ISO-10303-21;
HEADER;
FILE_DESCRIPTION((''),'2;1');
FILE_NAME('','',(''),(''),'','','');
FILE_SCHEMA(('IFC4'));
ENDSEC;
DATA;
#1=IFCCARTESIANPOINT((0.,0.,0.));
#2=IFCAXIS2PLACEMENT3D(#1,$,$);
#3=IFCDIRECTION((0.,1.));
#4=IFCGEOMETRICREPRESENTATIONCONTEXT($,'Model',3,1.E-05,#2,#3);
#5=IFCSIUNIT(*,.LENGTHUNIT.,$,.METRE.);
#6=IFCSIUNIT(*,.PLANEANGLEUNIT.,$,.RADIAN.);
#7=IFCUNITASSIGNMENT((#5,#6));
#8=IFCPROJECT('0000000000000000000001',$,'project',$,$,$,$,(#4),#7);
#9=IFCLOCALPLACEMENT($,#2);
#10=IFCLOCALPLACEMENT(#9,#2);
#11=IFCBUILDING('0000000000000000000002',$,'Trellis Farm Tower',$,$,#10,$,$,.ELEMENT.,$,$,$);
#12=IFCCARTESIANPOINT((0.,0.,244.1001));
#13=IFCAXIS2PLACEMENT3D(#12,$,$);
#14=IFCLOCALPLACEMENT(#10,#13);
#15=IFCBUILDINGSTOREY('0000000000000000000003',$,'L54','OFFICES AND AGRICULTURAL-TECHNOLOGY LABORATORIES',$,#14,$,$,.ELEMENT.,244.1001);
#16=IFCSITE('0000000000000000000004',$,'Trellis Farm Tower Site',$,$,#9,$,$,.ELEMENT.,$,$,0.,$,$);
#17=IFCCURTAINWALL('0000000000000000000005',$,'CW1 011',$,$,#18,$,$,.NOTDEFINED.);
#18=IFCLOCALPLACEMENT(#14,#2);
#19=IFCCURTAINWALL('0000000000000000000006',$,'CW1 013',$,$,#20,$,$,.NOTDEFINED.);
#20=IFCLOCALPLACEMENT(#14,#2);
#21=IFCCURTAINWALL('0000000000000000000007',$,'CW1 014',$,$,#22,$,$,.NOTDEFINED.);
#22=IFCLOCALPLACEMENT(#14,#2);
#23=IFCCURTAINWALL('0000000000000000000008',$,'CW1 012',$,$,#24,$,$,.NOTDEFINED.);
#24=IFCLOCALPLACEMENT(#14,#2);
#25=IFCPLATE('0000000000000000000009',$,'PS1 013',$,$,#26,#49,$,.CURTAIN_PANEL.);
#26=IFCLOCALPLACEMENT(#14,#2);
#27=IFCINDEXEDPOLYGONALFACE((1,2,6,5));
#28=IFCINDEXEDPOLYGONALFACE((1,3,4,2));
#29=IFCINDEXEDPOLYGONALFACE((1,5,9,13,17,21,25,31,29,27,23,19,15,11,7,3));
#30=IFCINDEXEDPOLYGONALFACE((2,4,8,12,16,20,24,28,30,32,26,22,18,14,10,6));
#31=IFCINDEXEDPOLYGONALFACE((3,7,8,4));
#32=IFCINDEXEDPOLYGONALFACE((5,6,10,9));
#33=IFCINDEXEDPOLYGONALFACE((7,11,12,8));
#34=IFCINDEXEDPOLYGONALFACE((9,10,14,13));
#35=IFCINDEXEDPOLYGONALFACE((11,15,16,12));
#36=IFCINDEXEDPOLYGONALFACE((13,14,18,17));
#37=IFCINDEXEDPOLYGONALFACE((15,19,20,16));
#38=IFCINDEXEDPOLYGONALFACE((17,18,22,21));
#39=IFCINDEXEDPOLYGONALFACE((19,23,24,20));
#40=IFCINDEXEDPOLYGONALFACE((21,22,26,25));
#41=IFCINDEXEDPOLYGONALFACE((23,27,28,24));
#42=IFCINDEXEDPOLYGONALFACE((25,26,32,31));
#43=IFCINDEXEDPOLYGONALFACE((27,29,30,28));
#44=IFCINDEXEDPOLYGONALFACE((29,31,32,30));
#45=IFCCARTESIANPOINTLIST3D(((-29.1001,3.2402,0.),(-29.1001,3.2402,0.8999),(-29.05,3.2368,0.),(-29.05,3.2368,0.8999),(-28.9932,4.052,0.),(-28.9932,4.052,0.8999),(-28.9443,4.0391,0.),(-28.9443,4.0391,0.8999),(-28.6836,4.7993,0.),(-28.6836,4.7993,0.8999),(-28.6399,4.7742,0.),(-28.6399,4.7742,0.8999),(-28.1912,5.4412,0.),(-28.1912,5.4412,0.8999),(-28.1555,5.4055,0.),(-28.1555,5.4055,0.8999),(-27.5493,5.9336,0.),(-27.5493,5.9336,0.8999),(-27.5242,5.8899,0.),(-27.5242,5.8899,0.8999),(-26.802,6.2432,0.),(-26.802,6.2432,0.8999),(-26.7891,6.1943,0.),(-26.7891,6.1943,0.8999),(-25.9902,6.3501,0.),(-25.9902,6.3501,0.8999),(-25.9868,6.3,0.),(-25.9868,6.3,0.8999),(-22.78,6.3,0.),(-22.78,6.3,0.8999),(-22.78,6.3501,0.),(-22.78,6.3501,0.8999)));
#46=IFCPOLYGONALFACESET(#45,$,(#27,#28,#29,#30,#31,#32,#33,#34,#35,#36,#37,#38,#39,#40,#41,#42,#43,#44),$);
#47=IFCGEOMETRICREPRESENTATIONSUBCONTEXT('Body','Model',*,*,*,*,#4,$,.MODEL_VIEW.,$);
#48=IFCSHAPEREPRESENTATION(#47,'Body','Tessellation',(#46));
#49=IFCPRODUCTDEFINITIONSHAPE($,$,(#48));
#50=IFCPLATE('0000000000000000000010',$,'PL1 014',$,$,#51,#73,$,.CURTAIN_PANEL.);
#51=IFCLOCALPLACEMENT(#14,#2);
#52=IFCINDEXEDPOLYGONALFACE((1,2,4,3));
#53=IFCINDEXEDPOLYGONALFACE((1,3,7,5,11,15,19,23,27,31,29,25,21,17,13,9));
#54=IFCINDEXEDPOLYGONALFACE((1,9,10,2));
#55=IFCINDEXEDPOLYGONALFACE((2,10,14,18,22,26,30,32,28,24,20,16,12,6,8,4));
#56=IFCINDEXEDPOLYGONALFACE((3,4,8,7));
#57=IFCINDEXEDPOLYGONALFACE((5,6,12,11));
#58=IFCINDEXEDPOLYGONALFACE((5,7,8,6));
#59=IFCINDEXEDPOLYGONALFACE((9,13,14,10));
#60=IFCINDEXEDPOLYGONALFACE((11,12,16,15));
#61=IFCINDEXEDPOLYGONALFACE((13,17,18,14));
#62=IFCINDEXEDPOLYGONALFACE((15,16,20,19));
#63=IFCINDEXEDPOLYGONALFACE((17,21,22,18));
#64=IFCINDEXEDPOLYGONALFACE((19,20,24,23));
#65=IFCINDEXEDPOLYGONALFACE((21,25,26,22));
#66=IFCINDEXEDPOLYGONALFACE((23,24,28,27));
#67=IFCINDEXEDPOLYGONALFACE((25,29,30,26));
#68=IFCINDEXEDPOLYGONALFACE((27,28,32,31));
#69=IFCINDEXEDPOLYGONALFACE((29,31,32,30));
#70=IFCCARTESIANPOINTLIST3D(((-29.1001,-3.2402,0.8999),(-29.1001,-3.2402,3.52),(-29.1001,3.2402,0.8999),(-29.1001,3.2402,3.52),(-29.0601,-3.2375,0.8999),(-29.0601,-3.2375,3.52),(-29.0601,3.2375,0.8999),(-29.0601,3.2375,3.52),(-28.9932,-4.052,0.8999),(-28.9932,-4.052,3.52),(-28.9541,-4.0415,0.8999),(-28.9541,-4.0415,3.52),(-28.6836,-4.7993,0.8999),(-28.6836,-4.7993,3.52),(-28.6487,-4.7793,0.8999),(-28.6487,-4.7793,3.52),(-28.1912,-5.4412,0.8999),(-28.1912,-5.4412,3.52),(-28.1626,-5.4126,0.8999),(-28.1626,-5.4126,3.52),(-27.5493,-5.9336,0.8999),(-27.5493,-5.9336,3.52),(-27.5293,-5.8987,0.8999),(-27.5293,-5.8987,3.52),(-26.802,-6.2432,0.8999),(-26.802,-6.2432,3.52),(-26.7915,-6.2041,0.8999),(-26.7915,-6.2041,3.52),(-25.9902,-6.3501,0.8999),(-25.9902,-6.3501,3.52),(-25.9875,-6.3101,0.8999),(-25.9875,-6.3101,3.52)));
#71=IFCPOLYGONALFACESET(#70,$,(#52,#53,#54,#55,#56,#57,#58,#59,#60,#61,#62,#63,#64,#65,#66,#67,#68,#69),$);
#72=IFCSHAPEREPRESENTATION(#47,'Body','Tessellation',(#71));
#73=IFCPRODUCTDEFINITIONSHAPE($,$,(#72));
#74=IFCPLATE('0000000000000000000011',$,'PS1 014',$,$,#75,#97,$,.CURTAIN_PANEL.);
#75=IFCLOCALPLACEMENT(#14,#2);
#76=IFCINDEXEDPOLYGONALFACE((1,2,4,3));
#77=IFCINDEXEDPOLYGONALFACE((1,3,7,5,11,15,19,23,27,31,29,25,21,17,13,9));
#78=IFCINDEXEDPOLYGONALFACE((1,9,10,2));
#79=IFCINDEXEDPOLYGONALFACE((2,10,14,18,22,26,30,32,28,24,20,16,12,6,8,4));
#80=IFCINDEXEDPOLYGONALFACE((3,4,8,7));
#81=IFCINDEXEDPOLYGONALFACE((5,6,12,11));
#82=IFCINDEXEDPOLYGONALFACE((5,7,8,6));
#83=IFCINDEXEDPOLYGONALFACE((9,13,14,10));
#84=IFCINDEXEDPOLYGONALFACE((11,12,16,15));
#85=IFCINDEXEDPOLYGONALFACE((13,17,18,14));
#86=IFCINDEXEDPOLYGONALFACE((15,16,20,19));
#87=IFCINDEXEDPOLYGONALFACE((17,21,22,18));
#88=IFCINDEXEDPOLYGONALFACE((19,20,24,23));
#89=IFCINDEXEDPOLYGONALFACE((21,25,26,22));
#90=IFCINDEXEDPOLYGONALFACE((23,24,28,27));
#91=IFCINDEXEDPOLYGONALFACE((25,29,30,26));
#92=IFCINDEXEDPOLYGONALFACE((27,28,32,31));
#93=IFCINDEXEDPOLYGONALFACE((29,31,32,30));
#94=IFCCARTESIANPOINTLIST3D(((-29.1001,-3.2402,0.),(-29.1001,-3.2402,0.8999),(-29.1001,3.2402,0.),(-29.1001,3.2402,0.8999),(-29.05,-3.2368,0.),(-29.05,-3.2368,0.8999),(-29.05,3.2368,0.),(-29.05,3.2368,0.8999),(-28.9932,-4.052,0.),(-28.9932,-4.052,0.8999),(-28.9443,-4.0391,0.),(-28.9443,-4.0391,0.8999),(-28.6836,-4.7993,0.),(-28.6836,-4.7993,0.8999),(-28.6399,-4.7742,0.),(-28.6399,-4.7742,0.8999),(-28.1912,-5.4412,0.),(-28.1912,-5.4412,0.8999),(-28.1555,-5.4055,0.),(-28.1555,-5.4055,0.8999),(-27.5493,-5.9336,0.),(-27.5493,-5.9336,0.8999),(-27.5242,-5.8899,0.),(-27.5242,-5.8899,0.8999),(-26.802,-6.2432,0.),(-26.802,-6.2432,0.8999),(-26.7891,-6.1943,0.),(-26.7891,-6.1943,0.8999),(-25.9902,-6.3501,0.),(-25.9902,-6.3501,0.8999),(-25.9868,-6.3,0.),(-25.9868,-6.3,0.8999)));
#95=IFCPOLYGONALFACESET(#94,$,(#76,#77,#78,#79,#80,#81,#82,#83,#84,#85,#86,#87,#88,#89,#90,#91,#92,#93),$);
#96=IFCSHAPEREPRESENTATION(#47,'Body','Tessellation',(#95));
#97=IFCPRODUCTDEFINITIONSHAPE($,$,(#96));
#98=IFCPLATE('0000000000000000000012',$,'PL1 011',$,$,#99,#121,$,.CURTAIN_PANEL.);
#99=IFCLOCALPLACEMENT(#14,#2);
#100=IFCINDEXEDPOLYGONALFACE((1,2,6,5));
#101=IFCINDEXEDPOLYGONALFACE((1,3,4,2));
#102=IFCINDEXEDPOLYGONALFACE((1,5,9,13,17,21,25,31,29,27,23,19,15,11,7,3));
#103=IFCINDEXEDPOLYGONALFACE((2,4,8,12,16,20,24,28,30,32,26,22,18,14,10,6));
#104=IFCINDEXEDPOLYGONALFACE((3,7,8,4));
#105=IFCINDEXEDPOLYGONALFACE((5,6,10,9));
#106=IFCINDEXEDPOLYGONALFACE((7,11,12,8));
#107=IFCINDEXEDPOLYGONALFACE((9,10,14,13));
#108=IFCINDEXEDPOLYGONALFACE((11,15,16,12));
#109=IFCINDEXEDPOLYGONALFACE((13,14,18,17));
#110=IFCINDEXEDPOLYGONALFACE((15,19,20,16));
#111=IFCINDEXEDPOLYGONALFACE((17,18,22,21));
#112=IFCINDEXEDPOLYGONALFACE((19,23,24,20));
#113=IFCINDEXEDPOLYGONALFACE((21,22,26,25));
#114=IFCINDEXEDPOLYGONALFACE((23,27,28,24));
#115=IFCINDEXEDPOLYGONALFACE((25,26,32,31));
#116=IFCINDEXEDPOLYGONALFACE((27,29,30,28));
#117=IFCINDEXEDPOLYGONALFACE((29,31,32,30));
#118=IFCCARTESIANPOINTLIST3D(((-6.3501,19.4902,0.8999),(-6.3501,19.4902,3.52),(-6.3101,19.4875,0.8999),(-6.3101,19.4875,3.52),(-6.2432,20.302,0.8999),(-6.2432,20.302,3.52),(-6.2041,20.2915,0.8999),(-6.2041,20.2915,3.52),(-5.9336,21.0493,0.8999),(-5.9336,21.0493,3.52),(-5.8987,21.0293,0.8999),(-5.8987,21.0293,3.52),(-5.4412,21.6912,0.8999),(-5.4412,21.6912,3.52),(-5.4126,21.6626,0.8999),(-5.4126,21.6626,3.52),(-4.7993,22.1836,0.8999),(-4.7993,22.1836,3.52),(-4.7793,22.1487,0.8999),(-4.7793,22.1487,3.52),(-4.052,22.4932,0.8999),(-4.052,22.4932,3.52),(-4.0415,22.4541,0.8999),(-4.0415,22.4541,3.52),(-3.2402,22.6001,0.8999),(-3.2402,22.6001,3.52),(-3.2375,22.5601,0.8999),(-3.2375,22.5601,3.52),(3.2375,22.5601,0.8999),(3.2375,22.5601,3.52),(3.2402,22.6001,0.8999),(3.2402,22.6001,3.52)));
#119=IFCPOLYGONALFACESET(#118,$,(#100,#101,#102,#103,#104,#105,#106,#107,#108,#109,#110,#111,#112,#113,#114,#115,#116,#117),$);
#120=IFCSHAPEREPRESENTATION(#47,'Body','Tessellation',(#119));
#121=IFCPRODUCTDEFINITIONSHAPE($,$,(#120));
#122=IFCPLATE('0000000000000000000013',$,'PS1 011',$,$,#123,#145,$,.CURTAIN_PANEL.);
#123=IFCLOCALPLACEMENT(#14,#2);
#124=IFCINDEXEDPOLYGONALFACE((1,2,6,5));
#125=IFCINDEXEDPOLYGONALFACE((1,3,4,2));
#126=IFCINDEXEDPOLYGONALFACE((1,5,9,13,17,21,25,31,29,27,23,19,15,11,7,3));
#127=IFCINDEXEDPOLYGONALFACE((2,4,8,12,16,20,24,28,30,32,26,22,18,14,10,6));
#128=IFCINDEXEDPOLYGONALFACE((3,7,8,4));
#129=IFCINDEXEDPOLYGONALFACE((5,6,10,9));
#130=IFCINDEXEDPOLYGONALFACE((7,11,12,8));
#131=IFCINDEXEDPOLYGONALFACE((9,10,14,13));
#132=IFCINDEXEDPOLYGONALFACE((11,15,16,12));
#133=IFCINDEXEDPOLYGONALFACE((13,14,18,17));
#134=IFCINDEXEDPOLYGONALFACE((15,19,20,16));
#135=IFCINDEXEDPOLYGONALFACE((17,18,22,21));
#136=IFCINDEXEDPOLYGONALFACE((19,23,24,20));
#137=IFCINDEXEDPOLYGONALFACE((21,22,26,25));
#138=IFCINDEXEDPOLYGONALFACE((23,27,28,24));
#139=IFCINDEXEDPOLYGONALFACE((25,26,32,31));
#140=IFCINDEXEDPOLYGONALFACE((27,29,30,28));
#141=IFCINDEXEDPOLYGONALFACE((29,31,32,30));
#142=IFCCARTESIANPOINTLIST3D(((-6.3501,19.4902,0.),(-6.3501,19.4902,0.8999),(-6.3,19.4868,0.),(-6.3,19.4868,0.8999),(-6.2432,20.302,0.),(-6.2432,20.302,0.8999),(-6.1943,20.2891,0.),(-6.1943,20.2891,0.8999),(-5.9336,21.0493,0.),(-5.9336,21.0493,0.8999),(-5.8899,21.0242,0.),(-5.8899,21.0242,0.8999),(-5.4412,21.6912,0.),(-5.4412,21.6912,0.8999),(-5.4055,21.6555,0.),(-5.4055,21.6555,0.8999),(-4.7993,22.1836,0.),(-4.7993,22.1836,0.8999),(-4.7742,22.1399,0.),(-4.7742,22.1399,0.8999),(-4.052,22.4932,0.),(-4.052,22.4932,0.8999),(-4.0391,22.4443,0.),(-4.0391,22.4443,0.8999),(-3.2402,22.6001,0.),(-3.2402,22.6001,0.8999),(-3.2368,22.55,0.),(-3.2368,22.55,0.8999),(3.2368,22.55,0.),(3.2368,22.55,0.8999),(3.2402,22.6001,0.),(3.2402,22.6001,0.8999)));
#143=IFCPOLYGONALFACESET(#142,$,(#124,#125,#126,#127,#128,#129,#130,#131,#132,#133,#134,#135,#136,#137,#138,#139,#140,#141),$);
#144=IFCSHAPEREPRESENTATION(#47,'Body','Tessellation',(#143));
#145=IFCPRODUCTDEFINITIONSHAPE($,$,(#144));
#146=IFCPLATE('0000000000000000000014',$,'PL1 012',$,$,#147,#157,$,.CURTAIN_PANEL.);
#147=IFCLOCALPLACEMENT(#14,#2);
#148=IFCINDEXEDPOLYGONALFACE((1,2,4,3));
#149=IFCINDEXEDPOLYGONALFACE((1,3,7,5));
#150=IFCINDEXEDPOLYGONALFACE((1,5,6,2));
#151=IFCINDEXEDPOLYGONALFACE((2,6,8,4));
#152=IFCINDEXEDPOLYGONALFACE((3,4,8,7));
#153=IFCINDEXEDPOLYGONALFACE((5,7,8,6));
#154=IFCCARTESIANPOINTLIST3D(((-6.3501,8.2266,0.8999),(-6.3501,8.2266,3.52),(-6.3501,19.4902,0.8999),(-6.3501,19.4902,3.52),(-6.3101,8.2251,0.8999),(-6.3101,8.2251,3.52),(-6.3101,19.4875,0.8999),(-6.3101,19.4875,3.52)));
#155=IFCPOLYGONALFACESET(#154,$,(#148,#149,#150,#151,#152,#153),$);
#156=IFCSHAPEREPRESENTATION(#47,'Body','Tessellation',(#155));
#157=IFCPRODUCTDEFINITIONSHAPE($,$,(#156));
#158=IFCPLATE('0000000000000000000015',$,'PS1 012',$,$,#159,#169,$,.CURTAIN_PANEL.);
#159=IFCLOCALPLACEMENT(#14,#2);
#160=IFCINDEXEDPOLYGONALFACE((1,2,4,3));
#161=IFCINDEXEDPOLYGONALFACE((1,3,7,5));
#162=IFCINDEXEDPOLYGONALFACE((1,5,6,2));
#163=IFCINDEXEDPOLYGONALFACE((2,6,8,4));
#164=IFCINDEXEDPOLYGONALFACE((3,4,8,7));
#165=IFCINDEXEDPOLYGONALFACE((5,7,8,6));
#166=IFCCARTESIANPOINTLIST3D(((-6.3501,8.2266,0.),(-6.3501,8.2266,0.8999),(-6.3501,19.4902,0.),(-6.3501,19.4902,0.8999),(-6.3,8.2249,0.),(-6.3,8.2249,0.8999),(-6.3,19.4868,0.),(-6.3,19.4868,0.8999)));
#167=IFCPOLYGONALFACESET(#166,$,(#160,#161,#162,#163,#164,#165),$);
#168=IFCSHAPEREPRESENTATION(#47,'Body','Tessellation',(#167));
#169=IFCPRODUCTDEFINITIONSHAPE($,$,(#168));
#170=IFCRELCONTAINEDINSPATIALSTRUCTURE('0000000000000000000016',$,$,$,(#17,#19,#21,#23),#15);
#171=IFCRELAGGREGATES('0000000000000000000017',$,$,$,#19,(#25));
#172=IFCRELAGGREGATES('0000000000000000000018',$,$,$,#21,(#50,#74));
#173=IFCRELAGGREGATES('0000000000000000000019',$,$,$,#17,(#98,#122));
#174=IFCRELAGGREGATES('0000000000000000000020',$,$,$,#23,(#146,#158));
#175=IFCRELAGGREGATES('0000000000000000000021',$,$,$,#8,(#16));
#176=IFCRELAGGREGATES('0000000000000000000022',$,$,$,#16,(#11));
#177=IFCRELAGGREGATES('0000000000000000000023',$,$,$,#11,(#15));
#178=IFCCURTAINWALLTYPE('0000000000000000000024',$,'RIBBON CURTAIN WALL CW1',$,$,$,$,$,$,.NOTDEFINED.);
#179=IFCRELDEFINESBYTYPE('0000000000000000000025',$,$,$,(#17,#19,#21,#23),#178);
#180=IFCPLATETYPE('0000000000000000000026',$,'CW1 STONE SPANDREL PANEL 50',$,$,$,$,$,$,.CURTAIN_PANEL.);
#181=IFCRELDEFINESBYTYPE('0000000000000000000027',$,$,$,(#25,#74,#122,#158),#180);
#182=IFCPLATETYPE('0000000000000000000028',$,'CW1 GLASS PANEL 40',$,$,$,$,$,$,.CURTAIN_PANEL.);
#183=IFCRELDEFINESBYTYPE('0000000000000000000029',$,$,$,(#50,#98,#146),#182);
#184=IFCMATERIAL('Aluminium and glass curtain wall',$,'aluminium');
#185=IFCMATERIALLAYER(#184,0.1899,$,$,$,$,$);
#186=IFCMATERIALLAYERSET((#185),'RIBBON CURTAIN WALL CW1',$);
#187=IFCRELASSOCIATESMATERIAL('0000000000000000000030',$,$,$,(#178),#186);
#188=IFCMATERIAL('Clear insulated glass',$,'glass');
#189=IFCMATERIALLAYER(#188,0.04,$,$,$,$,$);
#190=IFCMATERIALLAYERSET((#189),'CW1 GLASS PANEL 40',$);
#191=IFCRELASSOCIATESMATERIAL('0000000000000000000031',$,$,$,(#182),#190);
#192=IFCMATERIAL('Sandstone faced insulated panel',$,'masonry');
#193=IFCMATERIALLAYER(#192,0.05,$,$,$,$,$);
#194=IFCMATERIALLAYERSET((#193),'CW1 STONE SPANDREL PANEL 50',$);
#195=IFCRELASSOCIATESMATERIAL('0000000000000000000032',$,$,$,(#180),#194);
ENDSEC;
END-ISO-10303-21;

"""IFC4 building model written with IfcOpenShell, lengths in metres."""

from ifc_helpers import new_model, si_unit, direction, frame, origin, place, context, subcontext, project, spatial, polyline, outline, extrude, source, transform, mapped, material, layer, layer_set, type_object, element, aggregate, save


model = new_model("IFC4")

# Units and contexts
model_context = context("Model", 3, precision=1e-05, world=origin(), true_north=direction((0.0, 1.0)))
body_context = subcontext(model_context, "Body", "Model", "MODEL_VIEW")
ifc_project = project(units=[si_unit("LENGTHUNIT", "METRE"), si_unit("PLANEANGLEUNIT", "RADIAN")], contexts=[model_context])

# Site, building, storey
site_placement = place(None, origin())
site = spatial("IfcSite", under=ifc_project, at=site_placement, Name="Trellis Farm Tower Site", CompositionType="ELEMENT", RefElevation=0.0)
building_placement = place(site_placement, origin())
building = spatial("IfcBuilding", under=site, at=building_placement, Name="Trellis Farm Tower", CompositionType="ELEMENT")
storey_placement = place(building_placement, frame((0.0, 0.0, 244.1001)))
storey = spatial("IfcBuildingStorey", under=building, at=storey_placement, Name="L54", Description="OFFICES AND AGRICULTURAL-TECHNOLOGY LABORATORIES", CompositionType="ELEMENT", Elevation=244.1001)

# Curtain walls
ifc_material_1 = material(Name="Aluminium and glass curtain wall", Category="aluminium")
ifc_layer_1 = layer(ifc_material_1, 0.1899)
ifc_layer_set_1 = layer_set([ifc_layer_1], Name="RIBBON CURTAIN WALL CW1")
curtain_wall_type_1 = type_object("IfcCurtainWallType", Name="RIBBON CURTAIN WALL CW1", PredefinedType="NOTDEFINED", material=ifc_layer_set_1)
placement_1 = place(storey_placement, origin())
curtain_wall_1 = element("IfcCurtainWall", 1, at=placement_1, inside=storey, type_object=curtain_wall_type_1, Name="CW1 011", PredefinedType="NOTDEFINED")
curtain_wall_2 = element("IfcCurtainWall", 2, at=placement_1, inside=storey, type_object=curtain_wall_type_1, Name="CW1 013", PredefinedType="NOTDEFINED")
curtain_wall_3 = element("IfcCurtainWall", 3, at=placement_1, inside=storey, type_object=curtain_wall_type_1, Name="CW1 014", PredefinedType="NOTDEFINED")

# Curtain wall
curtain_wall_4 = element("IfcCurtainWall", 4, at=placement_1, inside=storey, type_object=curtain_wall_type_1, Name="CW1 012", PredefinedType="NOTDEFINED")

# Plates
ifc_material_2 = material(Name="Clear insulated glass", Category="glass")
ifc_layer_2 = layer(ifc_material_2, 0.04)
ifc_layer_set_2 = layer_set([ifc_layer_2], Name="CW1 GLASS PANEL 40")
plate_type_1 = type_object("IfcPlateType", Name="CW1 GLASS PANEL 40", PredefinedType="CURTAIN_PANEL", material=ifc_layer_set_2)
placement_2 = place(storey_placement, frame((0.0, 0.0, 0.8999)))
ifc_material_3 = material(Name="Sandstone faced insulated panel", Category="masonry")
ifc_layer_3 = layer(ifc_material_3, 0.05)
ifc_layer_set_3 = layer_set([ifc_layer_3], Name="CW1 STONE SPANDREL PANEL 50")
plate_type_2 = type_object("IfcPlateType", Name="CW1 STONE SPANDREL PANEL 50", PredefinedType="CURTAIN_PANEL", material=ifc_layer_set_3)
shared_shape_1 = source(origin(), body_context, "Body", "SweptSolid", [
    extrude(outline(polyline([(-22.78, 6.3501), (-25.9902, 6.3501), (-26.802, 6.2432), (-27.5493, 5.9336), (-28.1912, 5.4412), (-28.6836, 4.7993), (-28.9932, 4.052), (-29.1001, 3.2402), (-29.05, 3.2368), (-28.9443, 4.0391), (-28.6399, 4.7742), (-28.1555, 5.4055), (-27.5242, 5.8899), (-26.7891, 6.1943), (-25.9868, 6.3), (-22.78, 6.3), (-22.78, 6.3501)])), origin(), (0.0, 0.0, 1.0), 0.8999),
])
plate_1 = element("IfcPlate", 5, at=placement_1, type_object=plate_type_2, Name="PS1 013", PredefinedType="CURTAIN_PANEL", context=body_context, shape_type="MappedRepresentation", body=[
    mapped(shared_shape_1, transform((0.0, 0.0, 0.0))),
])
aggregate(curtain_wall_2, [plate_1])
shared_shape_2 = source(origin(), body_context, "Body", "SweptSolid", [
    extrude(outline(polyline([(-29.1001, 3.2402), (-29.1001, -3.2402), (-28.9932, -4.052), (-28.6836, -4.7993), (-28.1912, -5.4412), (-27.5493, -5.9336), (-26.802, -6.2432), (-25.9902, -6.3501), (-25.9875, -6.3101), (-26.7915, -6.2041), (-27.5293, -5.8987), (-28.1626, -5.4126), (-28.6487, -4.7793), (-28.9541, -4.0415), (-29.0601, -3.2375), (-29.0601, 3.2375), (-29.1001, 3.2402)])), origin(), (0.0, 0.0, 1.0), 2.6201),
])
plate_2 = element("IfcPlate", 6, at=placement_2, type_object=plate_type_1, Name="PL1 014", PredefinedType="CURTAIN_PANEL", context=body_context, shape_type="MappedRepresentation", body=[
    mapped(shared_shape_2, transform((0.0, 0.0, 0.0))),
])
shared_shape_3 = source(origin(), body_context, "Body", "SweptSolid", [
    extrude(outline(polyline([(-29.1001, 3.2402), (-29.1001, -3.2402), (-28.9932, -4.052), (-28.6836, -4.7993), (-28.1912, -5.4412), (-27.5493, -5.9336), (-26.802, -6.2432), (-25.9902, -6.3501), (-25.9868, -6.3), (-26.7891, -6.1943), (-27.5242, -5.8899), (-28.1555, -5.4055), (-28.6399, -4.7742), (-28.9443, -4.0391), (-29.05, -3.2368), (-29.05, 3.2368), (-29.1001, 3.2402)])), origin(), (0.0, 0.0, 1.0), 0.8999),
])
plate_3 = element("IfcPlate", 7, at=placement_1, type_object=plate_type_2, Name="PS1 014", PredefinedType="CURTAIN_PANEL", context=body_context, shape_type="MappedRepresentation", body=[
    mapped(shared_shape_3, transform((0.0, 0.0, 0.0))),
])
aggregate(curtain_wall_3, [plate_2, plate_3])
shared_shape_4 = source(origin(), body_context, "Body", "SweptSolid", [
    extrude(outline(polyline([(3.2402, 22.6001), (-3.2402, 22.6001), (-4.052, 22.4932), (-4.7993, 22.1836), (-5.4412, 21.6912), (-5.9336, 21.0493), (-6.2432, 20.302), (-6.3501, 19.4902), (-6.3101, 19.4875), (-6.2041, 20.2915), (-5.8987, 21.0293), (-5.4126, 21.6626), (-4.7793, 22.1487), (-4.0415, 22.4541), (-3.2375, 22.5601), (3.2375, 22.5601), (3.2402, 22.6001)])), origin(), (0.0, 0.0, 1.0), 2.6201),
])
plate_4 = element("IfcPlate", 8, at=placement_2, type_object=plate_type_1, Name="PL1 011", PredefinedType="CURTAIN_PANEL", context=body_context, shape_type="MappedRepresentation", body=[
    mapped(shared_shape_4, transform((0.0, 0.0, 0.0))),
])
shared_shape_5 = source(origin(), body_context, "Body", "SweptSolid", [
    extrude(outline(polyline([(3.2402, 22.6001), (-3.2402, 22.6001), (-4.052, 22.4932), (-4.7993, 22.1836), (-5.4412, 21.6912), (-5.9336, 21.0493), (-6.2432, 20.302), (-6.3501, 19.4902), (-6.3, 19.4868), (-6.1943, 20.2891), (-5.8899, 21.0242), (-5.4055, 21.6555), (-4.7742, 22.1399), (-4.0391, 22.4443), (-3.2368, 22.55), (3.2368, 22.55), (3.2402, 22.6001)])), origin(), (0.0, 0.0, 1.0), 0.8999),
])
plate_5 = element("IfcPlate", 9, at=placement_1, type_object=plate_type_2, Name="PS1 011", PredefinedType="CURTAIN_PANEL", context=body_context, shape_type="MappedRepresentation", body=[
    mapped(shared_shape_5, transform((0.0, 0.0, 0.0))),
])
aggregate(curtain_wall_1, [plate_4, plate_5])
shared_shape_6 = source(origin(), body_context, "Body", "SweptSolid", [
    extrude(outline(polyline([(-6.3501, 19.4902), (-6.3501, 8.2266), (-6.3101, 8.2251), (-6.3101, 19.4875), (-6.3501, 19.4902)])), origin(), (0.0, 0.0, 1.0), 2.6201),
])
plate_6 = element("IfcPlate", 10, at=placement_2, type_object=plate_type_1, Name="PL1 012", PredefinedType="CURTAIN_PANEL", context=body_context, shape_type="MappedRepresentation", body=[
    mapped(shared_shape_6, transform((0.0, 0.0, 0.0))),
])
shared_shape_7 = source(origin(), body_context, "Body", "SweptSolid", [
    extrude(outline(polyline([(-6.3501, 19.4902), (-6.3501, 8.2266), (-6.3, 8.2249), (-6.3, 19.4868), (-6.3501, 19.4902)])), origin(), (0.0, 0.0, 1.0), 0.8999),
])
plate_7 = element("IfcPlate", 11, at=placement_1, type_object=plate_type_2, Name="PS1 012", PredefinedType="CURTAIN_PANEL", context=body_context, shape_type="MappedRepresentation", body=[
    mapped(shared_shape_7, transform((0.0, 0.0, 0.0))),
])
aggregate(curtain_wall_4, [plate_6, plate_7])

save(model, "model.ifc")
